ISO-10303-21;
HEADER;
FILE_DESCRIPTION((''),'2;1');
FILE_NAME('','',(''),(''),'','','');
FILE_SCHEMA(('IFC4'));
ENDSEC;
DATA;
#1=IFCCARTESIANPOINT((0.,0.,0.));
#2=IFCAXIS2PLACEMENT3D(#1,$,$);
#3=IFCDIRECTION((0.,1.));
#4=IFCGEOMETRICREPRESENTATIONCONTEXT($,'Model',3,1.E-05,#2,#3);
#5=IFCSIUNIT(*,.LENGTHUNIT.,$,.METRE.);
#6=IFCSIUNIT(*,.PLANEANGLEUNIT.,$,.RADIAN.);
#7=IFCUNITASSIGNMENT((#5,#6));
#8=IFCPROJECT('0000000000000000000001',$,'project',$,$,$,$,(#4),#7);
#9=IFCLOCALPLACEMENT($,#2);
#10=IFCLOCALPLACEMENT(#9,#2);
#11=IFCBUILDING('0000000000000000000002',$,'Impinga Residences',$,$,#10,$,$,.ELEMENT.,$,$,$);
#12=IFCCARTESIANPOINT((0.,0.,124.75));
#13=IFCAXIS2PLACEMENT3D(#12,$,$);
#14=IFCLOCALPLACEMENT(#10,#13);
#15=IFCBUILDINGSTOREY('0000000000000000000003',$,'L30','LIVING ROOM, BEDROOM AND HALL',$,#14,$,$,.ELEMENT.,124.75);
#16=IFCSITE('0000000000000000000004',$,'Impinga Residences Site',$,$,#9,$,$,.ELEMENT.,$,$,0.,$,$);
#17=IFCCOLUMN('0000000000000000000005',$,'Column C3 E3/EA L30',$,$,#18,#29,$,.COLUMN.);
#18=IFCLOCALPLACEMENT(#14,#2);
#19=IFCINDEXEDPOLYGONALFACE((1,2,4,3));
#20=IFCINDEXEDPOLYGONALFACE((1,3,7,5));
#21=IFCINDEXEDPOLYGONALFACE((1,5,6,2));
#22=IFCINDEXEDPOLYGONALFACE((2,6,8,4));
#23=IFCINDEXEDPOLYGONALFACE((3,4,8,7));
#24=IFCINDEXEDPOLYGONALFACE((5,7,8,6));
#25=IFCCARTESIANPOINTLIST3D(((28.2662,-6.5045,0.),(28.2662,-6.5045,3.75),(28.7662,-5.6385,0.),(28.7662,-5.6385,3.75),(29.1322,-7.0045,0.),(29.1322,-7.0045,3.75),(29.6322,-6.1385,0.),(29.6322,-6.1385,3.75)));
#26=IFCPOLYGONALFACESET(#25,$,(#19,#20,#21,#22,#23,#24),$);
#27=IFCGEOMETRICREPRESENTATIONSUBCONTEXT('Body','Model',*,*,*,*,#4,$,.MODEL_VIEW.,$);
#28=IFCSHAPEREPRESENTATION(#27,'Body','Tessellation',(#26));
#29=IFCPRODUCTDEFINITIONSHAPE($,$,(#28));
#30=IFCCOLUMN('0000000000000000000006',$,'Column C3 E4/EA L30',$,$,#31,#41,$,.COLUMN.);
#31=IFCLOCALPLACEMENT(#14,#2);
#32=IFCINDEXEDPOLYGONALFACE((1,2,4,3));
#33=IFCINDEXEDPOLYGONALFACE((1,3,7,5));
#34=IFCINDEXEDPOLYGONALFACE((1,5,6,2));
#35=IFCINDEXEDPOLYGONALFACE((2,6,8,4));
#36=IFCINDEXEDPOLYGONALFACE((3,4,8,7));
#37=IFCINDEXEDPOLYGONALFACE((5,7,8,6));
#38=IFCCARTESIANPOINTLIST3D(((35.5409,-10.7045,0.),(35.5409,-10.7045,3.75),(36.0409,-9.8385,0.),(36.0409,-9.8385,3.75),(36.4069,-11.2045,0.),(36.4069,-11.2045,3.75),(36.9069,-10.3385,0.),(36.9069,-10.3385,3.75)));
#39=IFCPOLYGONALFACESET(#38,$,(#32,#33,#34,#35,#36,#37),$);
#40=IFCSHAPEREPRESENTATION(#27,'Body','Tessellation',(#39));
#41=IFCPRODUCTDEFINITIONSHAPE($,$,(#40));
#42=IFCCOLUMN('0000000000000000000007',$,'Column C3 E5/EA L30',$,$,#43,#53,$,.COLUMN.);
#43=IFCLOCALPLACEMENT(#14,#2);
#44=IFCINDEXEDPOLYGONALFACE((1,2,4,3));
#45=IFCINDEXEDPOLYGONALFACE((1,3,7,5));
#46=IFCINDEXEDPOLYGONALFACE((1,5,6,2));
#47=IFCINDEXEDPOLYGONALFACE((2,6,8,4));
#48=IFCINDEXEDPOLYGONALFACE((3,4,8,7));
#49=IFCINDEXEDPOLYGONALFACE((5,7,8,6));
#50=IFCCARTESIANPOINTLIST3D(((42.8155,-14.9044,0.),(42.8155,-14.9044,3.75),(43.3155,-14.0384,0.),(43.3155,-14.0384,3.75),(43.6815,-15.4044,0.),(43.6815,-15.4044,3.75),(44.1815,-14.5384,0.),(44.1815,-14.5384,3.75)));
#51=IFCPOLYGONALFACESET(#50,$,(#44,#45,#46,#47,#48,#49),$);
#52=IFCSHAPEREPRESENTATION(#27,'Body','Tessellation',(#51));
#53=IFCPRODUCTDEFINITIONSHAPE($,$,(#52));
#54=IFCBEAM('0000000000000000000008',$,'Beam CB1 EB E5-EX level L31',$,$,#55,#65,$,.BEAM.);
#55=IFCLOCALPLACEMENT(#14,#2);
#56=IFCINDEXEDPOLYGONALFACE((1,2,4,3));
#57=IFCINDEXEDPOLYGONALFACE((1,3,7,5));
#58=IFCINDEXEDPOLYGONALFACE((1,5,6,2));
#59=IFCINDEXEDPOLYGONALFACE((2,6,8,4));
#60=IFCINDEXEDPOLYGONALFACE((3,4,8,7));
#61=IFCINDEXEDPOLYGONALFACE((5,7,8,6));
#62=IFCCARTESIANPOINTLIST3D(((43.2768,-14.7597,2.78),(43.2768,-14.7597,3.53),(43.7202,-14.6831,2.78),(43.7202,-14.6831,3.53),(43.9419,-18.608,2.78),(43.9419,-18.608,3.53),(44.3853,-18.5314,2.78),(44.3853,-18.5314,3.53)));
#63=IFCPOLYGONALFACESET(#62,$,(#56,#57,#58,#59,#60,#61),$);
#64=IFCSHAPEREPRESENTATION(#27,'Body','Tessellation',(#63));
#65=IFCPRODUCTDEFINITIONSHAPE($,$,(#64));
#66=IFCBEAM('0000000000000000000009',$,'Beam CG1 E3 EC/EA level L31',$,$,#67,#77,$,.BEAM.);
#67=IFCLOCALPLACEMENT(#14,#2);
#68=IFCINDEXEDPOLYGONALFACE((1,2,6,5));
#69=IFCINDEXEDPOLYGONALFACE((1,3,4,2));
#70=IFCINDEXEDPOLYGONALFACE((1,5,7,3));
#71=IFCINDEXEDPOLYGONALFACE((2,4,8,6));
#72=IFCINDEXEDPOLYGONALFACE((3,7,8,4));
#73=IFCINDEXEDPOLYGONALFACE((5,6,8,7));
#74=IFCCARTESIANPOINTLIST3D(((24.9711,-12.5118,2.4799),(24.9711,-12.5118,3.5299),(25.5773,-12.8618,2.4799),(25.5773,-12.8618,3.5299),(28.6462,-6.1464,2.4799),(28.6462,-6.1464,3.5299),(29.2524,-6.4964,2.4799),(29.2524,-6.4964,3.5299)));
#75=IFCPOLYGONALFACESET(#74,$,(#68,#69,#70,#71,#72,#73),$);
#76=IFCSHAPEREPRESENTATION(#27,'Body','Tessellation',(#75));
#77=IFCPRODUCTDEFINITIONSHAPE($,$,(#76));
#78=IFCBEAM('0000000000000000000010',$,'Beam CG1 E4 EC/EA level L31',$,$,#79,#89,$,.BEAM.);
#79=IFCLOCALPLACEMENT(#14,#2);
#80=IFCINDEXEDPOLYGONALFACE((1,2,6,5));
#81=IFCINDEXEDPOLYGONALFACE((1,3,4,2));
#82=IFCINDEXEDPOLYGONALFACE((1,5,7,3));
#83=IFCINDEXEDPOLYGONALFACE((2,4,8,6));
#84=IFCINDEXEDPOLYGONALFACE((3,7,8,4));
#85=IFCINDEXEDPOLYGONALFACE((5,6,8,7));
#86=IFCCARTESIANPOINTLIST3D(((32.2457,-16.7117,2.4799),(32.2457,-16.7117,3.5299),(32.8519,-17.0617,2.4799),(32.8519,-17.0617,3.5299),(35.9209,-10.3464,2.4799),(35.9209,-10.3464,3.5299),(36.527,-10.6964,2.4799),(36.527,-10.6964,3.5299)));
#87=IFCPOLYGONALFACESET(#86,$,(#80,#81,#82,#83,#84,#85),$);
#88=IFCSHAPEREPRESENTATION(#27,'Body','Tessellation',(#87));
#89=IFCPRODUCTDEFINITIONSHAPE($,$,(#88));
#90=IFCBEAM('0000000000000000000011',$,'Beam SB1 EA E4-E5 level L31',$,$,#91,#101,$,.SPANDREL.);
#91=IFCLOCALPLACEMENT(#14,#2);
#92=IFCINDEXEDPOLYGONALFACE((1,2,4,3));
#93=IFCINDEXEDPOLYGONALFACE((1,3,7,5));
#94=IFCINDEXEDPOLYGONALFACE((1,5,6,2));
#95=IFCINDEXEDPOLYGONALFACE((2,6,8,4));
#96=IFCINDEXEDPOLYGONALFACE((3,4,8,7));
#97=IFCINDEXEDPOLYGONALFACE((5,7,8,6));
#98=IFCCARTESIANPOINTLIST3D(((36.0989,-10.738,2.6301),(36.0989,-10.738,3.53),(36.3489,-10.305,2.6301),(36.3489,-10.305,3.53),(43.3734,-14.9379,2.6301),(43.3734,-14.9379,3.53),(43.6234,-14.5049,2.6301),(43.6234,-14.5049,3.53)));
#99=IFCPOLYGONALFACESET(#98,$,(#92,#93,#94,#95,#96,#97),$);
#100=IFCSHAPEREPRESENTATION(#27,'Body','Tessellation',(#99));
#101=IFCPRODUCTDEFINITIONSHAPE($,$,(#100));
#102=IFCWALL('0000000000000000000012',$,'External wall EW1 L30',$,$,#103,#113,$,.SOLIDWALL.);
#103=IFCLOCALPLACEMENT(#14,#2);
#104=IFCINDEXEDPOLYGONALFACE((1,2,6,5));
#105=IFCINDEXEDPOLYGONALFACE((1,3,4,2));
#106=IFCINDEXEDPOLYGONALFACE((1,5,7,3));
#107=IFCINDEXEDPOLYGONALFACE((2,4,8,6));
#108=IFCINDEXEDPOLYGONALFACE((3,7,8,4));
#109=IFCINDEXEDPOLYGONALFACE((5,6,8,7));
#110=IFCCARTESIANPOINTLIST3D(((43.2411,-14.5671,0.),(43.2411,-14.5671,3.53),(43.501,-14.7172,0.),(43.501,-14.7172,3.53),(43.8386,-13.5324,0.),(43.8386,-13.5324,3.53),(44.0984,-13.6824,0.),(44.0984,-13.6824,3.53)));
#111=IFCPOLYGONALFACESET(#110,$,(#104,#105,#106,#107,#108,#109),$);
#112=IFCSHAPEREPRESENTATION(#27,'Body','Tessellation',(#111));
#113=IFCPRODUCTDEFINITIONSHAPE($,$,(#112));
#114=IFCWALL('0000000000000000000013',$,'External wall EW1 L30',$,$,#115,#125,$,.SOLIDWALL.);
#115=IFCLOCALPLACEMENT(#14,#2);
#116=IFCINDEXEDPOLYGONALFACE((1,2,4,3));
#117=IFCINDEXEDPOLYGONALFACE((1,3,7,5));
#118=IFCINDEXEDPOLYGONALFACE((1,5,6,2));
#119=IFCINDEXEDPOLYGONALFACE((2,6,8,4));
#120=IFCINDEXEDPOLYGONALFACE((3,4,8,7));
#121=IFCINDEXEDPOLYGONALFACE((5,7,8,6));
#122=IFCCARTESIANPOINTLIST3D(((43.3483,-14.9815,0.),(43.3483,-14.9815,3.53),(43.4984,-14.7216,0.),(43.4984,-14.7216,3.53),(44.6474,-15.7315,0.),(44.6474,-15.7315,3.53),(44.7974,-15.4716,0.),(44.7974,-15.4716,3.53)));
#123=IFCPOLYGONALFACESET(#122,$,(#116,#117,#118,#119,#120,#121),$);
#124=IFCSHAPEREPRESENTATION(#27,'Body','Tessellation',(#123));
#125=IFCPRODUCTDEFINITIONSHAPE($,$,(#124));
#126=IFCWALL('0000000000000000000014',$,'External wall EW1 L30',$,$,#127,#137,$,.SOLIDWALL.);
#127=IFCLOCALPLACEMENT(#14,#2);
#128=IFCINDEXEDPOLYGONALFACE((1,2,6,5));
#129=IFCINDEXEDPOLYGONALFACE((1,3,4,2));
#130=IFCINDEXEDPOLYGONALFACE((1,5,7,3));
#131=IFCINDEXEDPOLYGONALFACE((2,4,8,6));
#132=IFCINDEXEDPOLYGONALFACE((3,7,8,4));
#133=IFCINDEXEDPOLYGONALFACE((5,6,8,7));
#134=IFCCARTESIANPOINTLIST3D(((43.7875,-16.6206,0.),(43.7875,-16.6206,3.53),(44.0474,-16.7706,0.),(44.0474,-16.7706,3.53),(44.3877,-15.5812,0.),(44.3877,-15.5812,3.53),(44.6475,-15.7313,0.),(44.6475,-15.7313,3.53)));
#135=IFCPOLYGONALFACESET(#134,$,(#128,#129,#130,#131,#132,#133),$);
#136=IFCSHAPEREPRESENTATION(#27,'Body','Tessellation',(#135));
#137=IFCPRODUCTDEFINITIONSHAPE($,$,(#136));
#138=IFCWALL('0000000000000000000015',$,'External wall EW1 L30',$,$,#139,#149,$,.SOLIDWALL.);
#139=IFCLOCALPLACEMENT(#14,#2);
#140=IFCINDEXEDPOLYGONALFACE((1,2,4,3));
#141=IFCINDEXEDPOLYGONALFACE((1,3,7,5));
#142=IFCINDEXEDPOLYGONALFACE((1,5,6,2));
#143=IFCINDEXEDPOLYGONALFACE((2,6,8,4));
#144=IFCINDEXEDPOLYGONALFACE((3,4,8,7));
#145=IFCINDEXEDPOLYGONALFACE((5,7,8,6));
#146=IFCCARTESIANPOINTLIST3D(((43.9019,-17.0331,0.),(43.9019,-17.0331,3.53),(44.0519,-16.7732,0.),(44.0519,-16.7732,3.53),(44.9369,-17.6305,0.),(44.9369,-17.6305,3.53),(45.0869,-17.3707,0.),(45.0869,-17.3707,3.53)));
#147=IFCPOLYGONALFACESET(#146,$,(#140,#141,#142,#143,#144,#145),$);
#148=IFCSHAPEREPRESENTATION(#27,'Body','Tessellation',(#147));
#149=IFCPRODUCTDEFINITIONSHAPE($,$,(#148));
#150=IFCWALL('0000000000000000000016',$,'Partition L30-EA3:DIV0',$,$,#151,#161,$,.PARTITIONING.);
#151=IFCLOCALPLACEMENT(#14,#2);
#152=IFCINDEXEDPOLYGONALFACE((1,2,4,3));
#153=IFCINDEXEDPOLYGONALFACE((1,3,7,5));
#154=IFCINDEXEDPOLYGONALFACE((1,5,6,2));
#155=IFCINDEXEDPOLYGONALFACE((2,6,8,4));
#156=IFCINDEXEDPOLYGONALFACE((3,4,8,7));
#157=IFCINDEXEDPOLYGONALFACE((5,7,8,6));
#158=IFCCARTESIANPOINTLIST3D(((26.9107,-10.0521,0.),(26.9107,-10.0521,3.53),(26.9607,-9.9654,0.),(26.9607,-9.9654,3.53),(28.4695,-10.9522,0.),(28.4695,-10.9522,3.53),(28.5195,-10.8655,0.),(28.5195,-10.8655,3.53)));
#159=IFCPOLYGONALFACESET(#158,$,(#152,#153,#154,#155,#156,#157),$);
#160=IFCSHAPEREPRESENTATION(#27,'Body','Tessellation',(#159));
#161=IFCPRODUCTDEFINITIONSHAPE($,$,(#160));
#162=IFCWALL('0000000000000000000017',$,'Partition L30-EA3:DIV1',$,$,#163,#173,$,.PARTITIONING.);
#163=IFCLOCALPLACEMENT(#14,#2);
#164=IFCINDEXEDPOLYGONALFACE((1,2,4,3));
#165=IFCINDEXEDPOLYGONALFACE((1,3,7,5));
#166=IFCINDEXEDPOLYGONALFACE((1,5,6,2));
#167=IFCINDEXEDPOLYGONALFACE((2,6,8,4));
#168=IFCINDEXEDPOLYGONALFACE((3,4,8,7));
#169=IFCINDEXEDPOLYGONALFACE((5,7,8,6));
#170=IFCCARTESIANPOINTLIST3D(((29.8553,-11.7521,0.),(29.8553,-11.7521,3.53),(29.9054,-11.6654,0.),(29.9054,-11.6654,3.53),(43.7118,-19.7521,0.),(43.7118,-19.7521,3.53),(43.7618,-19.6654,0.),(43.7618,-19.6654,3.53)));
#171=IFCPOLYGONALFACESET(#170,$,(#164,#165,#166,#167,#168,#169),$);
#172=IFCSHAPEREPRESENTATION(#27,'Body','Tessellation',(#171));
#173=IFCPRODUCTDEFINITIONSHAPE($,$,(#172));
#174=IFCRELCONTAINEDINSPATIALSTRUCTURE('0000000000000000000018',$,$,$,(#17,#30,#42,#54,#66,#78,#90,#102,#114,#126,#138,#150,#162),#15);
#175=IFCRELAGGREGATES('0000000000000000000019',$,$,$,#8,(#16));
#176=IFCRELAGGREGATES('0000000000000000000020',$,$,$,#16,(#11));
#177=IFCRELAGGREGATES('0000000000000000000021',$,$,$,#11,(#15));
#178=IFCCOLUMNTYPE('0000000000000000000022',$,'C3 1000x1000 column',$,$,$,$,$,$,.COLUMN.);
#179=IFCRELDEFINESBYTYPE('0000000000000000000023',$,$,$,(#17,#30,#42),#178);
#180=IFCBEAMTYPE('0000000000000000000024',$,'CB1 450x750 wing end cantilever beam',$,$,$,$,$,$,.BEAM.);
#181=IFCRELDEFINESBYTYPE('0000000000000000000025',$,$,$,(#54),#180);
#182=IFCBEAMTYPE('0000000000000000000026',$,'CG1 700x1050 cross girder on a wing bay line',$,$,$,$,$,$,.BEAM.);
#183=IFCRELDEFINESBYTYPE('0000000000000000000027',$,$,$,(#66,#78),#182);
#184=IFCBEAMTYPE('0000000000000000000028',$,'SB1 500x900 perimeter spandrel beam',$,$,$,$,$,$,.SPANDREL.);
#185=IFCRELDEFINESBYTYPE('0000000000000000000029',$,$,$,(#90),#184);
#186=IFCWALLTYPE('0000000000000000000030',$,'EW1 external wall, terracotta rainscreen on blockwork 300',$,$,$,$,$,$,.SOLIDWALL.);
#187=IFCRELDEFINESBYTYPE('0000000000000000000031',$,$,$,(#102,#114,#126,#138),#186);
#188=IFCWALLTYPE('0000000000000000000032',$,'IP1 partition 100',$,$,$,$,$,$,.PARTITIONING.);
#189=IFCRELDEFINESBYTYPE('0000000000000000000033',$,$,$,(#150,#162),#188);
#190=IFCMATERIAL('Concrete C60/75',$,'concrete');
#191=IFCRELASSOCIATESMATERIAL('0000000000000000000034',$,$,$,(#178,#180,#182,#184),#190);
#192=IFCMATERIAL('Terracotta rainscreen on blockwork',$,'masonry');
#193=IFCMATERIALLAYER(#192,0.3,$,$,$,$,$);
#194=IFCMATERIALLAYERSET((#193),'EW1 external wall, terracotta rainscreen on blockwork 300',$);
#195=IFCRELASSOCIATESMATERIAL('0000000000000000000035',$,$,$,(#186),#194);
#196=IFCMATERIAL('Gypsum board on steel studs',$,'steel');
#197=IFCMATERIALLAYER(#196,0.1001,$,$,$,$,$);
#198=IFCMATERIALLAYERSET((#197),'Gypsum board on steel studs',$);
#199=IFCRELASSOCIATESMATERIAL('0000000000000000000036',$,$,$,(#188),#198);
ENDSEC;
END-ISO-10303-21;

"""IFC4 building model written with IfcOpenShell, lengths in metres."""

from ifc_helpers import new_model, si_unit, direction, frame, frame_2d, origin, origin_2d, place, context, subcontext, project, spatial, rectangle, extrude, material, layer, layer_set, material_profile, profile_set, type_object, element, save


model = new_model("IFC4")

# Units and contexts
model_context = context("Model", 3, precision=1e-05, world=origin(), true_north=direction((0.0, 1.0)))
body_context = subcontext(model_context, "Body", "Model", "MODEL_VIEW")
ifc_project = project(units=[si_unit("LENGTHUNIT", "METRE"), si_unit("PLANEANGLEUNIT", "RADIAN")], contexts=[model_context])

# Site, building, storey
site_placement = place(None, origin())
site = spatial("IfcSite", under=ifc_project, at=site_placement, Name="Impinga Residences Site", CompositionType="ELEMENT", RefElevation=0.0)
building_placement = place(site_placement, origin())
building = spatial("IfcBuilding", under=site, at=building_placement, Name="Impinga Residences", CompositionType="ELEMENT")
storey_placement = place(building_placement, frame((0.0, 0.0, 124.75)))
storey = spatial("IfcBuildingStorey", under=building, at=storey_placement, Name="L30", Description="LIVING ROOM, BEDROOM AND HALL", CompositionType="ELEMENT", Elevation=124.75)

# Columns
ifc_material_1 = material(Name="Concrete C60/75", Category="concrete")
ifc_material_profile_1 = material_profile(ifc_material_1, rectangle(XDim=1.0, YDim=1.0, at=origin_2d()), Name="RC 1000x1000")
ifc_profile_set_1 = profile_set([ifc_material_profile_1], Name="Concrete C60/75")
column_type = type_object("IfcColumnType", Name="C3 1000x1000 column", PredefinedType="COLUMN", material=ifc_profile_set_1)
for number, where, z_axis, x_axis, name in (
    (1, (28.9492, -6.3215, 0.0), (0.0, 0.0, 1.0), (-0.5, -0.866025, 0.0), "Column C3 E3/EA L30"),
    (2, (36.2239, -10.5215, 0.0), (0.0, 0.0, 1.0), (-0.5, -0.866025, 0.0), "Column C3 E4/EA L30"),
    (3, (43.4985, -14.7214, 0.0), (0.0, 0.0, 1.0), (-0.5, -0.866025, 0.0), "Column C3 E5/EA L30"),
):
    element("IfcColumn", number, at=place(storey_placement, frame(where, z_axis=z_axis, x_axis=x_axis)), inside=storey, type_object=column_type, Name=name, PredefinedType="COLUMN", context=body_context, shape_type="SweptSolid", body=[
        extrude(rectangle(XDim=1.0, YDim=1.0, at=origin_2d()), origin(), (0.0, 0.0, 1.0), 3.75),
    ])

# Beams
ifc_material_profile_2 = material_profile(ifc_material_1, rectangle(XDim=0.45, YDim=0.75, at=origin_2d()), Name="RC 450x750")
ifc_profile_set_2 = profile_set([ifc_material_profile_2], Name="Concrete C60/75")
beam_type_1 = type_object("IfcBeamType", Name="CB1 450x750 wing end cantilever beam", PredefinedType="BEAM", material=ifc_profile_set_2)
beam_1_placement = place(storey_placement, frame((43.4985, -14.7214, 3.155), z_axis=(0.170296, -0.985393, 0.0), x_axis=(0.985393, 0.170296, 0.0)))
element("IfcBeam", 4, at=beam_1_placement, inside=storey, type_object=beam_type_1, Name="Beam CB1 EB E5-EX level L31", PredefinedType="BEAM", context=body_context, shape_type="SweptSolid", body=[
    extrude(rectangle(XDim=0.45, YDim=0.75, at=origin_2d()), origin(), (0.0, 0.0, 1.0), 3.9053),
])
ifc_material_profile_3 = material_profile(ifc_material_1, rectangle(XDim=0.7, YDim=1.05, at=origin_2d()), Name="RC 700x1050")
ifc_profile_set_3 = profile_set([ifc_material_profile_3], Name="Concrete C60/75")
beam_type_2 = type_object("IfcBeamType", Name="CG1 700x1050 cross girder on a wing bay line", PredefinedType="BEAM", material=ifc_profile_set_3)
for number, where, z_axis, x_axis, name in (
    (5, (25.2742, -12.6868, 3.0049), (0.500008, 0.866021, 0.0), (-0.866021, 0.500008, 0.0), "Beam CG1 E3 EC/EA level L31"),
    (6, (32.5488, -16.8867, 3.0049), (0.500008, 0.866021, 0.0), (-0.866021, 0.500008, 0.0), "Beam CG1 E4 EC/EA level L31"),
):
    element("IfcBeam", number, at=place(storey_placement, frame(where, z_axis=z_axis, x_axis=x_axis)), inside=storey, type_object=beam_type_2, Name=name, PredefinedType="BEAM", context=body_context, shape_type="SweptSolid", body=[
        extrude(rectangle(XDim=0.7, YDim=1.05, at=origin_2d()), origin(), (0.0, 0.0, 1.0), 7.3501),
    ])
ifc_material_profile_4 = material_profile(ifc_material_1, rectangle(XDim=0.5, YDim=0.8999, at=origin_2d()), Name="RC 500x900")
ifc_profile_set_4 = profile_set([ifc_material_profile_4], Name="Concrete C60/75")
beam_type_3 = type_object("IfcBeamType", Name="SB1 500x900 perimeter spandrel beam", PredefinedType="SPANDREL", material=ifc_profile_set_4)
beam_2_placement = place(storey_placement, frame((36.2239, -10.5215, 3.0801), z_axis=(0.866029, -0.499993, 0.0), x_axis=(0.499993, 0.866029, 0.0)))
element("IfcBeam", 7, at=beam_2_placement, inside=storey, type_object=beam_type_3, Name="Beam SB1 EA E4-E5 level L31", PredefinedType="SPANDREL", context=body_context, shape_type="SweptSolid", body=[
    extrude(rectangle(XDim=0.5, YDim=0.8999, at=origin_2d()), origin(), (0.0, 0.0, 1.0), 8.3999),
])

# Walls
ifc_material_2 = material(Name="Terracotta rainscreen on blockwork", Category="masonry")
ifc_layer_1 = layer(ifc_material_2, 0.3)
ifc_layer_set_1 = layer_set([ifc_layer_1], Name="EW1 external wall, terracotta rainscreen on blockwork 300")
wall_type_1 = type_object("IfcWallType", Name="EW1 external wall, terracotta rainscreen on blockwork 300", PredefinedType="SOLIDWALL", material=ifc_layer_set_1)
wall_1_placement = place(storey_placement, frame((43.9685, -13.6074, 0.0), z_axis=(0.0, 0.0, 1.0), x_axis=(-0.500029, -0.866009, 0.0)))
element("IfcWall", 8, at=wall_1_placement, inside=storey, type_object=wall_type_1, Name="External wall EW1 L30", PredefinedType="SOLIDWALL", context=body_context, shape_type="SweptSolid", body=[
    extrude(rectangle(XDim=1.1948, YDim=0.3, at=frame_2d((0.5974, 0.0))), origin(), (0.0, 0.0, 1.0), 3.53),
])
wall_2_placement = place(storey_placement, frame((43.4233, -14.8516, 0.0), z_axis=(0.0, 0.0, 1.0), x_axis=(0.866031, -0.49999, 0.0)))
element("IfcWall", 9, at=wall_2_placement, inside=storey, type_object=wall_type_1, Name="External wall EW1 L30", PredefinedType="SOLIDWALL", context=body_context, shape_type="SweptSolid", body=[
    extrude(rectangle(XDim=1.5, YDim=0.3, at=frame_2d((0.75, 0.0))), origin(), (0.0, 0.0, 1.0), 3.53),
])
wall_3_placement = place(storey_placement, frame((44.5176, -15.6562, 0.0), z_axis=(0.0, 0.0, 1.0), x_axis=(-0.500034, -0.866006, 0.0)))
element("IfcWall", 10, at=wall_3_placement, inside=storey, type_object=wall_type_1, Name="External wall EW1 L30", PredefinedType="SOLIDWALL", context=body_context, shape_type="SweptSolid", body=[
    extrude(rectangle(XDim=1.2002, YDim=0.3, at=frame_2d((0.6001, 0.0))), origin(), (0.0, 0.0, 1.0), 3.53),
])
wall_4_placement = place(storey_placement, frame((43.9768, -16.9031, 0.0), z_axis=(0.0, 0.0, 1.0), x_axis=(0.86606, -0.499941, 0.0)))
element("IfcWall", 11, at=wall_4_placement, inside=storey, type_object=wall_type_1, Name="External wall EW1 L30", PredefinedType="SOLIDWALL", context=body_context, shape_type="SweptSolid", body=[
    extrude(rectangle(XDim=1.1951, YDim=0.3, at=frame_2d((0.5977, 0.0))), origin(), (0.0, 0.0, 1.0), 3.53),
])
ifc_material_3 = material(Name="Gypsum board on steel studs", Category="steel")
ifc_layer_2 = layer(ifc_material_3, 0.1001)
ifc_layer_set_2 = layer_set([ifc_layer_2], Name="Gypsum board on steel studs")
wall_type_2 = type_object("IfcWallType", Name="IP1 partition 100", PredefinedType="PARTITIONING", material=ifc_layer_set_2)
wall_5_placement = place(storey_placement, frame((26.9358, -10.0088, 0.0), z_axis=(0.0, 0.0, 1.0), x_axis=(0.865989, -0.500063, 0.0)))
element("IfcWall", 12, at=wall_5_placement, inside=storey, type_object=wall_type_2, Name="Partition L30-EA3:DIV0", PredefinedType="PARTITIONING", context=body_context, shape_type="SweptSolid", body=[
    extrude(rectangle(XDim=1.8, YDim=0.1001, at=frame_2d((0.8999, 0.0))), origin(), (0.0, 0.0, 1.0), 3.53),
])
wall_6_placement = place(storey_placement, frame((29.8804, -11.7087, 0.0), z_axis=(0.0, 0.0, 1.0), x_axis=(0.866026, -0.499999, 0.0)))
element("IfcWall", 13, at=wall_6_placement, inside=storey, type_object=wall_type_2, Name="Partition L30-EA3:DIV1", PredefinedType="PARTITIONING", context=body_context, shape_type="SweptSolid", body=[
    extrude(rectangle(XDim=16.0, YDim=0.1001, at=frame_2d((8.0, 0.0))), origin(), (0.0, 0.0, 1.0), 3.53),
])

save(model, "model.ifc")
